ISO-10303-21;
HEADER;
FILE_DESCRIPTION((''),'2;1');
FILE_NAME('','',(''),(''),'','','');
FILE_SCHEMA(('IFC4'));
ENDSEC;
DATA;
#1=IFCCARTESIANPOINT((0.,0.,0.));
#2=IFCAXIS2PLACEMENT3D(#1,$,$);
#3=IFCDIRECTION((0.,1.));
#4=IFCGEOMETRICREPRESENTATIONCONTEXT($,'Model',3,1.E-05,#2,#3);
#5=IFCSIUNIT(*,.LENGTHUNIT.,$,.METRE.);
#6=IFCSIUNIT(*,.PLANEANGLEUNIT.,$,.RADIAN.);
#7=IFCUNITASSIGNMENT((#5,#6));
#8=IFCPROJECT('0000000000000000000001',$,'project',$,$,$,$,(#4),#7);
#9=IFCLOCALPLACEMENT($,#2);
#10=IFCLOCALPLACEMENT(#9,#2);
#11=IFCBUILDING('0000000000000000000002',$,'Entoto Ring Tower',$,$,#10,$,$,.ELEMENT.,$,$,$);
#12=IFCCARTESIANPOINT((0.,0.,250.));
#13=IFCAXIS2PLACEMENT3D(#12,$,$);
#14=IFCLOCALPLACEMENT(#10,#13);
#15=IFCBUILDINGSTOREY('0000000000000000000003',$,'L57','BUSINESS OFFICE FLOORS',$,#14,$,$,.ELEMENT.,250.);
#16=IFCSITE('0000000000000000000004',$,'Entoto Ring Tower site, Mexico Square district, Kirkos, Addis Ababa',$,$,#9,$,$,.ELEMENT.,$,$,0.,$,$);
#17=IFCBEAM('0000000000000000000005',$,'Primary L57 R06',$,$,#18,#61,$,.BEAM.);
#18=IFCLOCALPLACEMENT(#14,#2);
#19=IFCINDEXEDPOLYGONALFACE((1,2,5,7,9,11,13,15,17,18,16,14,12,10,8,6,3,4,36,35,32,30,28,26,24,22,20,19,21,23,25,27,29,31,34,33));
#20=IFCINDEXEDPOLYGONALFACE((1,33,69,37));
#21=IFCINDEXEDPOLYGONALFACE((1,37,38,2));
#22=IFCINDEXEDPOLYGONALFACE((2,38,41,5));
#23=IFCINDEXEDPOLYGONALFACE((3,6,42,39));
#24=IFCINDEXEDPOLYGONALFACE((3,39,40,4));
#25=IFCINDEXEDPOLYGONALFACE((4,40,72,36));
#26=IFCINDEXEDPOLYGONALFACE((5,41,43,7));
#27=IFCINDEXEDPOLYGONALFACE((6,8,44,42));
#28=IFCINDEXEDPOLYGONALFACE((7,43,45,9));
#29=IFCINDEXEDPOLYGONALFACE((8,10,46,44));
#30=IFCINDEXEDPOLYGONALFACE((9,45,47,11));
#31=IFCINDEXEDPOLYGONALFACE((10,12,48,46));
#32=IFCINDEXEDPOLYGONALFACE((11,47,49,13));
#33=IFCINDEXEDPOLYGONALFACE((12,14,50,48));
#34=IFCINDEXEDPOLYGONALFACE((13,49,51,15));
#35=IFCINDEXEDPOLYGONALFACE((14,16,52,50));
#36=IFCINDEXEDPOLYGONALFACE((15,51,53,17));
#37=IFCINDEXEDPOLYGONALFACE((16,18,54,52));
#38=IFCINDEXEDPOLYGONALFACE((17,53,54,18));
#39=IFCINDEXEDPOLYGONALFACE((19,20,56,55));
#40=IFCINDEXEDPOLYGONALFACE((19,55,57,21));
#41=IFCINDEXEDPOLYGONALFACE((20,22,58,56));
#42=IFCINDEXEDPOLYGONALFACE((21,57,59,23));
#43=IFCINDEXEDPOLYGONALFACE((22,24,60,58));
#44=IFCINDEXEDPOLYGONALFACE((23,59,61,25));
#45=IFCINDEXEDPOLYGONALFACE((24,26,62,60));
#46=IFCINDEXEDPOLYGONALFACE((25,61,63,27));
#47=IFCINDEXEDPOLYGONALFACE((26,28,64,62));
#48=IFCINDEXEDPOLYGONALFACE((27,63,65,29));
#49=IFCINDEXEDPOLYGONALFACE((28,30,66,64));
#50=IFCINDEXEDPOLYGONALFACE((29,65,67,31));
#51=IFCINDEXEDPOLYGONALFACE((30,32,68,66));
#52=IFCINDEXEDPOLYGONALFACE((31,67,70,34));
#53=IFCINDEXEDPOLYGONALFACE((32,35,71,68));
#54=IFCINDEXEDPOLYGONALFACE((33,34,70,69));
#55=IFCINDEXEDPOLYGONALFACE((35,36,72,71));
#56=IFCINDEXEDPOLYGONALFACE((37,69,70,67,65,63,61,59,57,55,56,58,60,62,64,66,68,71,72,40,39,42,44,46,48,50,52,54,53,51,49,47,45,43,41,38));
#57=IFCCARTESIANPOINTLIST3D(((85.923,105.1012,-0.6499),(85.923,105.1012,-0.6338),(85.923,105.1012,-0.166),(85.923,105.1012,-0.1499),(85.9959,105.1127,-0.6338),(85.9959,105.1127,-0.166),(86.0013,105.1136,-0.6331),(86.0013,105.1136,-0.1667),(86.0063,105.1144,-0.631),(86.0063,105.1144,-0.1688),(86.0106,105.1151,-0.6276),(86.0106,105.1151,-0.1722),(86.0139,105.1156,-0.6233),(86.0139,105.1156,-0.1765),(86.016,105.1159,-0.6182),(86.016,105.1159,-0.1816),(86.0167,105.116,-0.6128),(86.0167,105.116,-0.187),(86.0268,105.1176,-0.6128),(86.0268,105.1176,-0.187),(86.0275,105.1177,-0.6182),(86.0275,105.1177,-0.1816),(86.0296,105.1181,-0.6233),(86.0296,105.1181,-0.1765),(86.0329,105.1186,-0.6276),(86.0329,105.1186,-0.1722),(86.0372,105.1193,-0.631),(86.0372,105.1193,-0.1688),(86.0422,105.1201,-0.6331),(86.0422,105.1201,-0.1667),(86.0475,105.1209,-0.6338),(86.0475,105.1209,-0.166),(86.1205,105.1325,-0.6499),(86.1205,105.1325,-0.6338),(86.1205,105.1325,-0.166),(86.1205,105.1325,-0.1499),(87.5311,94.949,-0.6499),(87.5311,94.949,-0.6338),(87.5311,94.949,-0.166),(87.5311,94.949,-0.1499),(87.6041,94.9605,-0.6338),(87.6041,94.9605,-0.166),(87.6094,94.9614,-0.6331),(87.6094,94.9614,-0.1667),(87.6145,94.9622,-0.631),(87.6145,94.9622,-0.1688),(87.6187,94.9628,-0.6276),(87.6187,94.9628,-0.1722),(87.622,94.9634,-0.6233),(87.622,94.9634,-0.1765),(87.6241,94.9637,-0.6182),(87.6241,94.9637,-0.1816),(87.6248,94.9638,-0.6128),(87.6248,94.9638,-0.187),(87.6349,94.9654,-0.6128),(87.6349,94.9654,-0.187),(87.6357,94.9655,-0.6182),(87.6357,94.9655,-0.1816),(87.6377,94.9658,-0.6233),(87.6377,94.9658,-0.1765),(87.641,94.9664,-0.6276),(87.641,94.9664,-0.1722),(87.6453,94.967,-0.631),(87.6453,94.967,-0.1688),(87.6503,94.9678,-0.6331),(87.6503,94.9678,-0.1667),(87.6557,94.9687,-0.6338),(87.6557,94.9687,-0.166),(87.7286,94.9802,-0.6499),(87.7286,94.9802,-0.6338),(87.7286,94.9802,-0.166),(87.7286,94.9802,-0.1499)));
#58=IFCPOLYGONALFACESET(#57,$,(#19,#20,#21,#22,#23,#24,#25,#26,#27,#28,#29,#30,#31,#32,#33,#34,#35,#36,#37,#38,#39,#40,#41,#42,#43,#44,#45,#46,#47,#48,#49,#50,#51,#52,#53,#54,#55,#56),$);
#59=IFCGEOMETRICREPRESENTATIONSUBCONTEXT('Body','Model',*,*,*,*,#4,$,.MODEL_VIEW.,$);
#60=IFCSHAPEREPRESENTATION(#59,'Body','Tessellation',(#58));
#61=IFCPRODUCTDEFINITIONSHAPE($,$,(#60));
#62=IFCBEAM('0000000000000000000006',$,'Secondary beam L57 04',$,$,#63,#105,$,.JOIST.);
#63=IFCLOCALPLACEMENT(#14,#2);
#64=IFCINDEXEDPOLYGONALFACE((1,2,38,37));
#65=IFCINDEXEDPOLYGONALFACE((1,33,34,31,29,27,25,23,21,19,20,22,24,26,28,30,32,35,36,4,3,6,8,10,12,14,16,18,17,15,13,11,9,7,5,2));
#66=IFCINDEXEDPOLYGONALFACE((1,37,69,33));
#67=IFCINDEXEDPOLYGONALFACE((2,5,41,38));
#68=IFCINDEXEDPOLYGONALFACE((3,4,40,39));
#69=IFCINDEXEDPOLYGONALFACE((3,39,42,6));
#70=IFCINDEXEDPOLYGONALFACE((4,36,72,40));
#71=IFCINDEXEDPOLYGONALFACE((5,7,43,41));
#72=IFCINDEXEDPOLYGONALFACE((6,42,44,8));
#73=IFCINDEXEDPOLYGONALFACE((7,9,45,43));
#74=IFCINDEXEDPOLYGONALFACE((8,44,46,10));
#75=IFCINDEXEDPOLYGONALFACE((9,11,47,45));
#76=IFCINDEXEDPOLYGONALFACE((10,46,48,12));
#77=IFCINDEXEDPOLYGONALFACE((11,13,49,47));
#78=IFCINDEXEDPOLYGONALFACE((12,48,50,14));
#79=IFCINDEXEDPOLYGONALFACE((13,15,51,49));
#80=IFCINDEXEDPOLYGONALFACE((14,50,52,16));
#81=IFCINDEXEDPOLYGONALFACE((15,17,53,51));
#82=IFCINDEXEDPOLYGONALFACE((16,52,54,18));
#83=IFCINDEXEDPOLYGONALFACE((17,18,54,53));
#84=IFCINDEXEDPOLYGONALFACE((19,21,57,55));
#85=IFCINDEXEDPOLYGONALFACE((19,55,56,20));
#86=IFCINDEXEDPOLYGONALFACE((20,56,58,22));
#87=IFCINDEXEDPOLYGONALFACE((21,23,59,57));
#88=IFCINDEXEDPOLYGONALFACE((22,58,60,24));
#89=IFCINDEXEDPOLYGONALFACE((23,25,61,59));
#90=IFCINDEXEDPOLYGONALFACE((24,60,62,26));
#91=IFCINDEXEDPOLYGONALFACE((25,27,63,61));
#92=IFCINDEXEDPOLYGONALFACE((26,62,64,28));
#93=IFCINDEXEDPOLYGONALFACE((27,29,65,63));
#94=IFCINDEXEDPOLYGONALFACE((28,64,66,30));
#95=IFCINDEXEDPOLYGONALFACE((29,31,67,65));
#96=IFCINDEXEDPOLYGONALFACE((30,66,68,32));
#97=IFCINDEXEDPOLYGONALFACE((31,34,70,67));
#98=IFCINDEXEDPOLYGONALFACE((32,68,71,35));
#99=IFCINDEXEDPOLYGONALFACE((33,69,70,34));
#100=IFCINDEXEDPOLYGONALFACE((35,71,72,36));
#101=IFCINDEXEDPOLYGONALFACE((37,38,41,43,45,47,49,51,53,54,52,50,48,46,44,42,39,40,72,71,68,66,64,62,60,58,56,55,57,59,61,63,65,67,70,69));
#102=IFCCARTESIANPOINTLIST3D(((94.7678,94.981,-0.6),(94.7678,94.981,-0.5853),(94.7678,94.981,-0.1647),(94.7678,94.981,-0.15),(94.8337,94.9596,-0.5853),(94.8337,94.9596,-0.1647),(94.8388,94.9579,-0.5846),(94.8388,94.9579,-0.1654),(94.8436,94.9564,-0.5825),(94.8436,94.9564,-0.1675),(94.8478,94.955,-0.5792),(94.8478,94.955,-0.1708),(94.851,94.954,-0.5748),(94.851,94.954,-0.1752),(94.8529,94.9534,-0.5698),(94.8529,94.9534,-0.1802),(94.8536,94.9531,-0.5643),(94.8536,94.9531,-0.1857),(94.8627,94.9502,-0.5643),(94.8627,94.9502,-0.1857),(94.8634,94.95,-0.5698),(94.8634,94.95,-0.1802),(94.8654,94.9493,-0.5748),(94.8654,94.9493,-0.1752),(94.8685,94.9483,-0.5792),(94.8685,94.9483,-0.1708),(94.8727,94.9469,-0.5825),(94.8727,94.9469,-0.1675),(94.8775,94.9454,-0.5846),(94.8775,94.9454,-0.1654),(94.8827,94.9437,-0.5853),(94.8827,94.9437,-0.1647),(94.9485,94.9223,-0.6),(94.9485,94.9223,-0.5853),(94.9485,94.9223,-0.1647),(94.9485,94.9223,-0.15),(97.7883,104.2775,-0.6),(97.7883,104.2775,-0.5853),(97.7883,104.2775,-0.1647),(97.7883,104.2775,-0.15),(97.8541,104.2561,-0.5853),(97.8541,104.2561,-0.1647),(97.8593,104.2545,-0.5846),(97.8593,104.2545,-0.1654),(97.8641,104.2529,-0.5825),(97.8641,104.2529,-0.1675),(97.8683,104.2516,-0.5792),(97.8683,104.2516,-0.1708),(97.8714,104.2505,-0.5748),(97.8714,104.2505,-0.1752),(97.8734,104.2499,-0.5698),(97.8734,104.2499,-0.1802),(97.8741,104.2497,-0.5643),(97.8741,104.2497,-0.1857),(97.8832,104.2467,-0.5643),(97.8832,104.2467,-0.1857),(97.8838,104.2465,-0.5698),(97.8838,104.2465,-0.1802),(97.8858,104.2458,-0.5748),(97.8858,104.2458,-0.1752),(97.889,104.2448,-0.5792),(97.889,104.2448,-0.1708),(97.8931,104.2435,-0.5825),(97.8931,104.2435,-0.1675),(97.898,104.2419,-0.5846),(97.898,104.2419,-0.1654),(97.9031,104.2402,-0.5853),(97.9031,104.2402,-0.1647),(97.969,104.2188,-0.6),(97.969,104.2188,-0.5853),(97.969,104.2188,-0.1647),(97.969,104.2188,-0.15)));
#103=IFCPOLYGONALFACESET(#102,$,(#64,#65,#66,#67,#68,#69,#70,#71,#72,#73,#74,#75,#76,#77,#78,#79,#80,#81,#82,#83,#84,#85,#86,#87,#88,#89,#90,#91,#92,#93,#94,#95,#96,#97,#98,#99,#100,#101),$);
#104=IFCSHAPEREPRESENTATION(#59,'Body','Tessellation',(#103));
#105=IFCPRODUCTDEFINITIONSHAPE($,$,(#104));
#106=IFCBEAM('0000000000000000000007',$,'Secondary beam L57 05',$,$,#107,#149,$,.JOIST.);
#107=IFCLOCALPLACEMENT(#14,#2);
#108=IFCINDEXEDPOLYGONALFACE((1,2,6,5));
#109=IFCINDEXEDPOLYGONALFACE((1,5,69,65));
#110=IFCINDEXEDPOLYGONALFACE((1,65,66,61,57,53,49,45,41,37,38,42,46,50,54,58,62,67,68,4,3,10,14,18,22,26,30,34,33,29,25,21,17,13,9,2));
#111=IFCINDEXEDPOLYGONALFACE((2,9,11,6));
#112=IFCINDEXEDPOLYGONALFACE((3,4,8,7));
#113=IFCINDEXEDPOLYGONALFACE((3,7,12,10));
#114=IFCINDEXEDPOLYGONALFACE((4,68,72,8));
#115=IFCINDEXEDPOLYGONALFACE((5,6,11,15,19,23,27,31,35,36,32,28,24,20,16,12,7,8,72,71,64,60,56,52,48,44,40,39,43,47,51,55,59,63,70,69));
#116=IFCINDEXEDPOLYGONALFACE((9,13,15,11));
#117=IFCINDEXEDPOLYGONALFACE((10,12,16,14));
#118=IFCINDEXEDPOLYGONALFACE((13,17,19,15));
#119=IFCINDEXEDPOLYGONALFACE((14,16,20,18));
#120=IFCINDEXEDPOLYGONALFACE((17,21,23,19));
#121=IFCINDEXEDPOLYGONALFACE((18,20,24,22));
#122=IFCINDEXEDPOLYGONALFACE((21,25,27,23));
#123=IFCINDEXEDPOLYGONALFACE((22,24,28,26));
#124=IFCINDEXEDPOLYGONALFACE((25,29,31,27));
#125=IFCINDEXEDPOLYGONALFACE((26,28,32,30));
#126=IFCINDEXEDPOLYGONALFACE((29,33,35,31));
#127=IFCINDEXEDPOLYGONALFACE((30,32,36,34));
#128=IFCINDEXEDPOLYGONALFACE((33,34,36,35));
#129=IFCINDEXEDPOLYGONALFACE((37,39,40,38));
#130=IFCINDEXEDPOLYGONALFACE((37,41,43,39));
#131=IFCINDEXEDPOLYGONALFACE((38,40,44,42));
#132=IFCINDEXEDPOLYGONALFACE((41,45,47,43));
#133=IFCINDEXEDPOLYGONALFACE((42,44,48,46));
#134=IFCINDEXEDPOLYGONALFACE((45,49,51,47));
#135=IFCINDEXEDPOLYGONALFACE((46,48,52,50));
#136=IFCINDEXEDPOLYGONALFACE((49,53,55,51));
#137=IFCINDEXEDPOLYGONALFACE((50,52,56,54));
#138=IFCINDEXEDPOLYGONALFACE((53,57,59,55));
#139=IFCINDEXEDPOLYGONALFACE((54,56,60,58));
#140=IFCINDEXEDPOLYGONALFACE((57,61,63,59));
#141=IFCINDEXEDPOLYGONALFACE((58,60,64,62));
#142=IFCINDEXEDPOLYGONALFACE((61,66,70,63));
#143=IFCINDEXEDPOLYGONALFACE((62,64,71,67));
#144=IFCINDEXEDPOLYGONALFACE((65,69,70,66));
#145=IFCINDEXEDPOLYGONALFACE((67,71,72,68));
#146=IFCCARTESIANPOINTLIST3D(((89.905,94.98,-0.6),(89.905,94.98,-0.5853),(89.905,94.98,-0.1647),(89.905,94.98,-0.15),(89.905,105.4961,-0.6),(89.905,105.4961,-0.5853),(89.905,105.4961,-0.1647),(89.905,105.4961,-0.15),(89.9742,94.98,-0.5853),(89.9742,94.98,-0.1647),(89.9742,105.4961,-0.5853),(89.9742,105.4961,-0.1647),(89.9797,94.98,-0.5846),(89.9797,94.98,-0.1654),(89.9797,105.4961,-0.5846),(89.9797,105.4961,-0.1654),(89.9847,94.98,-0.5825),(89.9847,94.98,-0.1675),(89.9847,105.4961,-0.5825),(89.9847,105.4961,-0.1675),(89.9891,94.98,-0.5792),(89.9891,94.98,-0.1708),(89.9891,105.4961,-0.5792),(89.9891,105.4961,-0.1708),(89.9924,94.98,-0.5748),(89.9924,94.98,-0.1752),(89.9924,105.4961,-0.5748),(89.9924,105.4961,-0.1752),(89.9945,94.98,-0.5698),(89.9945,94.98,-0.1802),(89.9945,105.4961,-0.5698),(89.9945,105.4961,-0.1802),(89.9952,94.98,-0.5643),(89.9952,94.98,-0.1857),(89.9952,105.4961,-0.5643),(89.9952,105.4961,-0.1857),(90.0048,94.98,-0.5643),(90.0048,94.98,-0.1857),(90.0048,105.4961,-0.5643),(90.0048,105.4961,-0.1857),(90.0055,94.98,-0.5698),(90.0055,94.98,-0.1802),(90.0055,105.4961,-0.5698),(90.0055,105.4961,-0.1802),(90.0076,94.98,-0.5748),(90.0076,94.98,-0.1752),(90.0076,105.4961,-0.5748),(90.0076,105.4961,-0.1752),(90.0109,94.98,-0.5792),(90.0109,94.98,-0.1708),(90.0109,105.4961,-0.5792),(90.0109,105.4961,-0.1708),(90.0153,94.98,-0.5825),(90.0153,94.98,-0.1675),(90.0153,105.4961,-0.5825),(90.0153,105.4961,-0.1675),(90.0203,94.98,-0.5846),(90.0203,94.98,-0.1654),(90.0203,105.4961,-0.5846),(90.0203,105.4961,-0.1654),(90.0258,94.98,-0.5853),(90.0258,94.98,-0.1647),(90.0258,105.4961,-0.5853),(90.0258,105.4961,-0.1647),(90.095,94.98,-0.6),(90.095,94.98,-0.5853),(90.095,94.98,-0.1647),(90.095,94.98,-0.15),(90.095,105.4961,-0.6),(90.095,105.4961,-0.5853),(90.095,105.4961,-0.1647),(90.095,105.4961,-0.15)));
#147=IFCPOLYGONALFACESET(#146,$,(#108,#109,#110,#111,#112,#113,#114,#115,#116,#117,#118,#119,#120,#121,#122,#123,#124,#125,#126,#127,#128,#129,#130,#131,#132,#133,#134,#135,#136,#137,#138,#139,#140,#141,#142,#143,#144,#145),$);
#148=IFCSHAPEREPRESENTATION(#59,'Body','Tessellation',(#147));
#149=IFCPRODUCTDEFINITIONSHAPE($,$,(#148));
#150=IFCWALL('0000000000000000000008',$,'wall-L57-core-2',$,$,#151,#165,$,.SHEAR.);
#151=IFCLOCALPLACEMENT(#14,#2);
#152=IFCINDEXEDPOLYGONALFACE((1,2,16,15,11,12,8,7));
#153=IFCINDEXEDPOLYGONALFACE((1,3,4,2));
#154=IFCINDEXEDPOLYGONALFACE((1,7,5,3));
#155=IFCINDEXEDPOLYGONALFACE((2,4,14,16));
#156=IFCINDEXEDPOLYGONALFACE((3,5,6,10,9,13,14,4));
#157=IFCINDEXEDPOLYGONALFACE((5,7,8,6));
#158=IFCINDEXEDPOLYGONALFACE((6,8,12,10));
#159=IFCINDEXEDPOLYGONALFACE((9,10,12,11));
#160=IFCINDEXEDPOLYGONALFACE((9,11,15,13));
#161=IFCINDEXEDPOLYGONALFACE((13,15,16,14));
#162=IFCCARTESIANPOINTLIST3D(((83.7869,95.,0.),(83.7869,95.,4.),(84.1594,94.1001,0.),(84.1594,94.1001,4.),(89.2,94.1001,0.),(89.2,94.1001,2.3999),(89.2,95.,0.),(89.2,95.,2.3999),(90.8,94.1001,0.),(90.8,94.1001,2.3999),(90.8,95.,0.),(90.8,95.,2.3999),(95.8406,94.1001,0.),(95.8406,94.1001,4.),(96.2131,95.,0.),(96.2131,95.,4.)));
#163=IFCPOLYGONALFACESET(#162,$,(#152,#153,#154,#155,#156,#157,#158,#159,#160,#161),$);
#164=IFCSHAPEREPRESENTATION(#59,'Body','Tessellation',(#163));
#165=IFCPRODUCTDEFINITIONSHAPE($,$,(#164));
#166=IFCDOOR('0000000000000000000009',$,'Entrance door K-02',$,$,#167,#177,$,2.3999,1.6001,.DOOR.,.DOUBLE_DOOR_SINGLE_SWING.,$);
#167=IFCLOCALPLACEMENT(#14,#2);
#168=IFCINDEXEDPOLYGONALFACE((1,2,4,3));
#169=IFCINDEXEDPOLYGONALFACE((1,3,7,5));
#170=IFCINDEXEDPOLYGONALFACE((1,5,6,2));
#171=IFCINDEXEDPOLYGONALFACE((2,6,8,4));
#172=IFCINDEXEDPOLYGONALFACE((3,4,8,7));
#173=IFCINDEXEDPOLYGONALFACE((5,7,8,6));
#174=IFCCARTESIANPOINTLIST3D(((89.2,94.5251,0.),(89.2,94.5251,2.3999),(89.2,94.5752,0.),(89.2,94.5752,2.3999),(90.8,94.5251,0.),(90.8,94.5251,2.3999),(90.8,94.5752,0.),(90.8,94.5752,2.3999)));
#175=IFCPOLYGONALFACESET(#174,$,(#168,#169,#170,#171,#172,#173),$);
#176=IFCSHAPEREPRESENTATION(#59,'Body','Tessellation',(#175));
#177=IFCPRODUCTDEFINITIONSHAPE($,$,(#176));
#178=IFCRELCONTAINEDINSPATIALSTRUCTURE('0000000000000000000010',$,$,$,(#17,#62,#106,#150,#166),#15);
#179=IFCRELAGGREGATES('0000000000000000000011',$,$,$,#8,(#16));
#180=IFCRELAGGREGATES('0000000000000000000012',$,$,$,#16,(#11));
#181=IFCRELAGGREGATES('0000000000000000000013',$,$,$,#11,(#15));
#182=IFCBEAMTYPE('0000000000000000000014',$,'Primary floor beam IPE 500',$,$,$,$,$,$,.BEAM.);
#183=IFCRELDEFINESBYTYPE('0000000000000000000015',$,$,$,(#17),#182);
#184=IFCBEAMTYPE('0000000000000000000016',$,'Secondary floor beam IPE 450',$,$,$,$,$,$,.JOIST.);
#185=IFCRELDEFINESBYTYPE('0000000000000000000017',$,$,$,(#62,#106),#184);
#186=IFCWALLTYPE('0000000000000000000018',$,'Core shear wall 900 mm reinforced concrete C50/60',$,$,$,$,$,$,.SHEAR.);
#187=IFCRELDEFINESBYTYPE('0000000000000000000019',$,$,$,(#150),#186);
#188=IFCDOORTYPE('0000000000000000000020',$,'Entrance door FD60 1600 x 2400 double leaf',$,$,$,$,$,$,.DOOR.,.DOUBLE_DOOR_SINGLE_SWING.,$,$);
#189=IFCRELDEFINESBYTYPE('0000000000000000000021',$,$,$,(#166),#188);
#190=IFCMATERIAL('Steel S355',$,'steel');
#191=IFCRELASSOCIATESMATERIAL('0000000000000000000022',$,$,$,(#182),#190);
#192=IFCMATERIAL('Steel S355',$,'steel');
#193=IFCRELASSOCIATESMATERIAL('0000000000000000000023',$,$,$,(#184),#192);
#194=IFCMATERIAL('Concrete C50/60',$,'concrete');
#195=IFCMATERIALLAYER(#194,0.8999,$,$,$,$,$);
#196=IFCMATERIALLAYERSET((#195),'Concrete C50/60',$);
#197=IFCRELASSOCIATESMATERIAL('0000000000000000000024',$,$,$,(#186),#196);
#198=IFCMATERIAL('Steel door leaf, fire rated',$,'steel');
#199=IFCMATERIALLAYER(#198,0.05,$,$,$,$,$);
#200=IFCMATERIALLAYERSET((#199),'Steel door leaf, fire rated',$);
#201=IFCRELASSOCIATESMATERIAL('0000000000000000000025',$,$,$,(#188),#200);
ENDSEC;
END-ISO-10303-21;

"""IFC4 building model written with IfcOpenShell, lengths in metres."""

from ifc_helpers import new_model, si_unit, direction, frame, frame_2d, origin, origin_2d, place, context, subcontext, project, spatial, polyline, rectangle, i_section, outline, extrude, material, layer, layer_set, material_profile, profile_set, type_object, element, fill, save


model = new_model("IFC4")

# Units and contexts
model_context = context("Model", 3, precision=1e-05, world=origin(), true_north=direction((0.0, 1.0)))
body_context = subcontext(model_context, "Body", "Model", "MODEL_VIEW")
ifc_project = project(units=[si_unit("LENGTHUNIT", "METRE"), si_unit("PLANEANGLEUNIT", "RADIAN")], contexts=[model_context])

# Site, building, storey
site_placement = place(None, origin())
site = spatial("IfcSite", under=ifc_project, at=site_placement, Name="Entoto Ring Tower site, Mexico Square district, Kirkos, Addis Ababa", CompositionType="ELEMENT", RefElevation=0.0)
building_placement = place(site_placement, origin())
building = spatial("IfcBuilding", under=site, at=building_placement, Name="Entoto Ring Tower", CompositionType="ELEMENT")
storey_placement = place(building_placement, frame((0.0, 0.0, 250.0)))
storey = spatial("IfcBuildingStorey", under=building, at=storey_placement, Name="L57", Description="BUSINESS OFFICE FLOORS", CompositionType="ELEMENT", Elevation=250.0)

# Beams
ifc_material_1 = material(Name="Steel S355", Category="steel")
ifc_material_profile_1 = material_profile(ifc_material_1, i_section(OverallWidth=0.2, OverallDepth=0.5, WebThickness=0.0103, FlangeThickness=0.0161, FilletRadius=0.021, at=origin_2d()), Name="IPE 500")
ifc_profile_set_1 = profile_set([ifc_material_profile_1], Name="Steel S355")
beam_type_1 = type_object("IfcBeamType", Name="Primary floor beam IPE 500", PredefinedType="BEAM", material=ifc_profile_set_1)
for number, where, z_axis, x_axis, name in (
    (1, (87.6299, 94.9646, -0.3999), (-0.156452, 0.987686, 0.0), (-0.987686, -0.156452, 0.0), "Primary L57 R06"),
):
    element("IfcBeam", number, at=place(storey_placement, frame(where, z_axis=z_axis, x_axis=x_axis)), inside=storey, type_object=beam_type_1, Name=name, PredefinedType="BEAM", context=body_context, shape_type="SweptSolid", body=[
        extrude(i_section(OverallWidth=0.2, OverallDepth=0.5, WebThickness=0.0103, FlangeThickness=0.0161, FilletRadius=0.021, at=origin_2d()), origin(), (0.0, 0.0, 1.0), 10.2788),
    ])
ifc_material_2 = material(Name="Steel S355", Category="steel")
ifc_material_profile_2 = material_profile(ifc_material_2, i_section(OverallWidth=0.1899, OverallDepth=0.45, WebThickness=0.0095, FlangeThickness=0.0146, FilletRadius=0.021, at=origin_2d()), Name="IPE 450")
ifc_profile_set_2 = profile_set([ifc_material_profile_2], Name="Steel S355")
beam_type_2 = type_object("IfcBeamType", Name="Secondary floor beam IPE 450", PredefinedType="JOIST", material=ifc_profile_set_2)
beam_1_placement = place(storey_placement, frame((94.8582, 94.9517, -0.375), z_axis=(0.309003, 0.951061, 0.0), x_axis=(-0.951061, 0.309003, 0.0)))
element("IfcBeam", 2, at=beam_1_placement, inside=storey, type_object=beam_type_2, Name="Secondary beam L57 04", PredefinedType="JOIST", context=body_context, shape_type="SweptSolid", body=[
    extrude(i_section(OverallWidth=0.1899, OverallDepth=0.45, WebThickness=0.0095, FlangeThickness=0.0146, FilletRadius=0.021, at=origin_2d()), origin(), (0.0, 0.0, 1.0), 9.7749),
])
beam_2_placement = place(storey_placement, frame((90.0, 94.98, -0.375), z_axis=(0.0, 1.0, 0.0), x_axis=(-1.0, 0.0, 0.0)))
element("IfcBeam", 3, at=beam_2_placement, inside=storey, type_object=beam_type_2, Name="Secondary beam L57 05", PredefinedType="JOIST", context=body_context, shape_type="SweptSolid", body=[
    extrude(i_section(OverallWidth=0.1899, OverallDepth=0.45, WebThickness=0.0095, FlangeThickness=0.0146, FilletRadius=0.021, at=origin_2d()), origin(), (0.0, 0.0, 1.0), 10.5161),
])

# Wall, opening, door
ifc_material_3 = material(Name="Concrete C50/60", Category="concrete")
ifc_layer_1 = layer(ifc_material_3, 0.8999)
ifc_layer_set_1 = layer_set([ifc_layer_1], Name="Concrete C50/60")
wall_type_1 = type_object("IfcWallType", Name="Core shear wall 900 mm reinforced concrete C50/60", PredefinedType="SHEAR", material=ifc_layer_set_1)
wall_1_placement = place(storey_placement, frame((96.0269, 94.55, 0.0), z_axis=(0.0, 0.0, 1.0), x_axis=(-1.0, 0.0, 0.0)))
wall_1 = element("IfcWall", 4, at=wall_1_placement, inside=storey, type_object=wall_type_1, Name="wall-L57-core-2", PredefinedType="SHEAR", context=body_context, shape_type="SweptSolid", body=[
    extrude(outline(polyline([(-0.1863, -0.45), (12.24, -0.45), (11.8674, 0.45), (0.1863, 0.45), (-0.1863, -0.45)])), origin(), (0.0, 0.0, 1.0), 4.0),
])
opening_placement = place(wall_1_placement, frame((5.2268, 0.0, 0.0)))
opening = element("IfcOpeningElement", 5, at=opening_placement, cuts=wall_1, PredefinedType="OPENING", context=body_context, shape_type="SweptSolid", body=[
    extrude(rectangle(XDim=1.6001, YDim=2.3999, at=frame_2d((0.8, 1.2))), frame((0.0, 0.46, 0.0), z_axis=(0.0, -1.0, 0.0), x_axis=(1.0, 0.0, 0.0)), (0.0, 0.0, 1.0), 0.9199),
])
ifc_material_4 = material(Name="Steel door leaf, fire rated", Category="steel")
ifc_layer_2 = layer(ifc_material_4, 0.05)
ifc_layer_set_2 = layer_set([ifc_layer_2], Name="Steel door leaf, fire rated")
door_type = type_object("IfcDoorType", Name="Entrance door FD60 1600 x 2400 double leaf", OperationType="DOUBLE_DOOR_SINGLE_SWING", PredefinedType="DOOR", material=ifc_layer_set_2)
door_placement = place(opening_placement, origin())
door = element("IfcDoor", 6, at=door_placement, inside=storey, type_object=door_type, Name="Entrance door K-02", OperationType="DOUBLE_DOOR_SINGLE_SWING", OverallHeight=2.3999, OverallWidth=1.6001, PredefinedType="DOOR", context=body_context, shape_type="SweptSolid", body=[
    extrude(rectangle(XDim=1.6001, YDim=2.3999, at=frame_2d((0.8, 1.2))), frame((0.0, 0.0249, 0.0), z_axis=(0.0, -1.0, 0.0), x_axis=(1.0, 0.0, 0.0)), (0.0, 0.0, 1.0), 0.05),
])
fill(opening, door)

save(model, "model.ifc")
